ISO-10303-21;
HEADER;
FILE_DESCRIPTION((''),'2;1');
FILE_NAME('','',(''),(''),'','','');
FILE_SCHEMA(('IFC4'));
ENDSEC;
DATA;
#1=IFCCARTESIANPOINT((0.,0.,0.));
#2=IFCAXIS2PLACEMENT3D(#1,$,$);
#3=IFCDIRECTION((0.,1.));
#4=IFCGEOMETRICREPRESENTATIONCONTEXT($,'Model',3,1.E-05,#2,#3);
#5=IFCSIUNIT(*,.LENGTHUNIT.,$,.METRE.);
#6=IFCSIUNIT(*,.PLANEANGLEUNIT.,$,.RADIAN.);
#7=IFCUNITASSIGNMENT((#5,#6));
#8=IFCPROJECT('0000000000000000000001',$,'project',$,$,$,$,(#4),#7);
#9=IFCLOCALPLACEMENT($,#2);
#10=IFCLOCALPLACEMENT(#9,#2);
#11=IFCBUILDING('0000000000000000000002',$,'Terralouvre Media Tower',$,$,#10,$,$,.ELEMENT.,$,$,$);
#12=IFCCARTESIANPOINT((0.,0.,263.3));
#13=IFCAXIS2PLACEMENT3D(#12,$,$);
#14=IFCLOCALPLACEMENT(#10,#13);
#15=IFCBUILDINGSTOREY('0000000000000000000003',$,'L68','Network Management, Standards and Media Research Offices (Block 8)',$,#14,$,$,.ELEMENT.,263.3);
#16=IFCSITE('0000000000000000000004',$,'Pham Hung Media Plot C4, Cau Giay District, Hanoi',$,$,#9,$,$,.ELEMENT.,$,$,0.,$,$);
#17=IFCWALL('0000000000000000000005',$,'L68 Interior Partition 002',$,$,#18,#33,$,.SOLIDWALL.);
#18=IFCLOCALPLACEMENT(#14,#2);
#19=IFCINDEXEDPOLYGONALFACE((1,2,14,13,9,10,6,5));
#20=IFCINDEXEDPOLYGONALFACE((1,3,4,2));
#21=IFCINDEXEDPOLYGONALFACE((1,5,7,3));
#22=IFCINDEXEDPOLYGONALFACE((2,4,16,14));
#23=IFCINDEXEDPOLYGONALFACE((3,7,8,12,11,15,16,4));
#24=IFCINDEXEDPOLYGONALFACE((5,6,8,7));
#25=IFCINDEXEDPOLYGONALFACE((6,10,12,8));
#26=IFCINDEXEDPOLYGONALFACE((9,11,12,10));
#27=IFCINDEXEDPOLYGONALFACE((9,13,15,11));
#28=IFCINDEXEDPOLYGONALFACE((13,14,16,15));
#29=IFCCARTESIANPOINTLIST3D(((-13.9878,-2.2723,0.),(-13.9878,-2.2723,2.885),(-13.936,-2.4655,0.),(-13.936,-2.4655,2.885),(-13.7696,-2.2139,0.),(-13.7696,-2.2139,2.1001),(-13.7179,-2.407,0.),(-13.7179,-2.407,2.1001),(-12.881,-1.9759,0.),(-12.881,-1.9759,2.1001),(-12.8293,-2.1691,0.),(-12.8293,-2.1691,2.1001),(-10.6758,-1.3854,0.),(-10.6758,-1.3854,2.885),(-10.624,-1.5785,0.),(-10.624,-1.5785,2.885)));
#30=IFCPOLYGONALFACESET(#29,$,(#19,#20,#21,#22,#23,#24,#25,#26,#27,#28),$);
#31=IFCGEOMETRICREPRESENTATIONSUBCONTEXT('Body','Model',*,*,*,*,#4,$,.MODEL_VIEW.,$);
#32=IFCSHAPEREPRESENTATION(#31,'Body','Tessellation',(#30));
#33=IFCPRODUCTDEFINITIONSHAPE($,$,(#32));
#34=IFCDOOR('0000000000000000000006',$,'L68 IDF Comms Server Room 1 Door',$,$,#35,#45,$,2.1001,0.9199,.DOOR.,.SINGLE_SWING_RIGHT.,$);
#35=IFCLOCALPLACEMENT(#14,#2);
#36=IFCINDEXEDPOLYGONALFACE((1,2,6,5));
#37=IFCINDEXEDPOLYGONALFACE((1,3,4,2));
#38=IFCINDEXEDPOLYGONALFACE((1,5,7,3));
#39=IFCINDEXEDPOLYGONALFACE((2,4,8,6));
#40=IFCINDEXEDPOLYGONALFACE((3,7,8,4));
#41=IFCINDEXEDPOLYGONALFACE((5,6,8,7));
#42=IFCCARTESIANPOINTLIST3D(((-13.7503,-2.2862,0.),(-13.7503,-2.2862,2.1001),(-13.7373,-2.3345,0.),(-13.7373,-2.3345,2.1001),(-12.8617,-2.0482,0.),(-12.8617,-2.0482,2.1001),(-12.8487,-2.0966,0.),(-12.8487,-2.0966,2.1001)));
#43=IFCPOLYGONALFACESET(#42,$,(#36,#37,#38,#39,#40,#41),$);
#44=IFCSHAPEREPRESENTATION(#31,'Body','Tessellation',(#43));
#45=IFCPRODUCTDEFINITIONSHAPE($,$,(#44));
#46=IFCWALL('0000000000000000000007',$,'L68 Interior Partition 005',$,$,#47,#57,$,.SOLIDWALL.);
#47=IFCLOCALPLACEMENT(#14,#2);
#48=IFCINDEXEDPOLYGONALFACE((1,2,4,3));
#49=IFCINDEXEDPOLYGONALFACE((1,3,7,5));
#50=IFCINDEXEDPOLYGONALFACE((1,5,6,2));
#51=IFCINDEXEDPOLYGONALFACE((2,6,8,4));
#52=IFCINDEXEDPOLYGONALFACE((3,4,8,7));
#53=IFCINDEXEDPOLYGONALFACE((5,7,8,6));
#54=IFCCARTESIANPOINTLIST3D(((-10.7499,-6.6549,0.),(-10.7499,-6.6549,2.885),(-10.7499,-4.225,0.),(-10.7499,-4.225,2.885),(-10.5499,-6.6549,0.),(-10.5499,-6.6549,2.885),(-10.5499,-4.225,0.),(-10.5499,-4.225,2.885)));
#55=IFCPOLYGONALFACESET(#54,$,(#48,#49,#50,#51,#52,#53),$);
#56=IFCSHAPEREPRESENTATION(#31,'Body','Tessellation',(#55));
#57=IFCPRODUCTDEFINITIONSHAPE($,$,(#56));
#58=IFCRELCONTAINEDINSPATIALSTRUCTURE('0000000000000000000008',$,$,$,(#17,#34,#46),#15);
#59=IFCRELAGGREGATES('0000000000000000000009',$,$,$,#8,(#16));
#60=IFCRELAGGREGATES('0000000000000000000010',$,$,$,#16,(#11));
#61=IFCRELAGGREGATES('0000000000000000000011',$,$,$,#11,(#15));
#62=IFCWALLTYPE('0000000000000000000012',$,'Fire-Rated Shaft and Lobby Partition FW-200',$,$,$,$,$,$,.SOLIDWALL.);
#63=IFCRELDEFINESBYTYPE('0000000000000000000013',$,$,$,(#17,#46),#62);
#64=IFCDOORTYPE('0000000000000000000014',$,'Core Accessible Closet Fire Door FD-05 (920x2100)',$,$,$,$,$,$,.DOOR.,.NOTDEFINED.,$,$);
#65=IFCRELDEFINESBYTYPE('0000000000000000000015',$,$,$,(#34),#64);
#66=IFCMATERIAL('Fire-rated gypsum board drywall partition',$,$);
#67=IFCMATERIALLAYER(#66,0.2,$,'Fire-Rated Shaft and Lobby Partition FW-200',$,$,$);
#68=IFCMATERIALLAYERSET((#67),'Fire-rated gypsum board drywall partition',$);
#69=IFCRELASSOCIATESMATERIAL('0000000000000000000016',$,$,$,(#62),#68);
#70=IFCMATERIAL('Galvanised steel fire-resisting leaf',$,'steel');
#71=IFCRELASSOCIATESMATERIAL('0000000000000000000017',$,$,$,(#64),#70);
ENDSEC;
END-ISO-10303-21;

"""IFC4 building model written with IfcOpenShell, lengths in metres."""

from ifc_helpers import new_model, si_unit, direction, frame, frame_2d, origin, place, context, subcontext, project, spatial, rectangle, extrude, material, layer, layer_set, type_object, element, fill, save


model = new_model("IFC4")

# Units and contexts
model_context = context("Model", 3, precision=1e-05, world=origin(), true_north=direction((0.0, 1.0)))
body_context = subcontext(model_context, "Body", "Model", "MODEL_VIEW")
ifc_project = project(units=[si_unit("LENGTHUNIT", "METRE"), si_unit("PLANEANGLEUNIT", "RADIAN")], contexts=[model_context])

# Site, building, storey
site_placement = place(None, origin())
site = spatial("IfcSite", under=ifc_project, at=site_placement, Name="Pham Hung Media Plot C4, Cau Giay District, Hanoi", CompositionType="ELEMENT", RefElevation=0.0)
building_placement = place(site_placement, origin())
building = spatial("IfcBuilding", under=site, at=building_placement, Name="Terralouvre Media Tower", CompositionType="ELEMENT")
storey_placement = place(building_placement, frame((0.0, 0.0, 263.3)))
storey = spatial("IfcBuildingStorey", under=building, at=storey_placement, Name="L68", Description="Network Management, Standards and Media Research Offices (Block 8)", CompositionType="ELEMENT", Elevation=263.3)

# Shared definitions
ifc_material_1 = material(Name="Fire-rated gypsum board drywall partition")
ifc_layer_1 = layer(ifc_material_1, 0.2, Name="Fire-Rated Shaft and Lobby Partition FW-200")
ifc_layer_set_1 = layer_set([ifc_layer_1], Name="Fire-rated gypsum board drywall partition")
wall_type_1 = type_object("IfcWallType", Name="Fire-Rated Shaft and Lobby Partition FW-200", PredefinedType="SOLIDWALL", material=ifc_layer_set_1)

# Wall, opening, door
wall_1_placement = place(storey_placement, frame((-10.6499, -1.4819, 0.0), z_axis=(0.0, 0.0, 1.0), x_axis=(-0.965961, -0.258686, 0.0)))
wall_1 = element("IfcWall", 1, at=wall_1_placement, inside=storey, type_object=wall_type_1, Name="L68 Interior Partition 002", PredefinedType="SOLIDWALL", context=body_context, shape_type="SweptSolid", body=[
    extrude(rectangle(XDim=3.4287, YDim=0.2, at=frame_2d((1.7144, 0.0))), origin(), (0.0, 0.0, 1.0), 2.885),
])
opening_1_placement = place(wall_1_placement, frame((2.283, 0.0, 0.0)))
opening_1 = element("IfcOpeningElement", 2, at=opening_1_placement, cuts=wall_1, PredefinedType="OPENING", context=body_context, shape_type="SweptSolid", body=[
    extrude(rectangle(XDim=0.9199, YDim=2.1001, at=frame_2d((0.46, 1.05))), frame((0.0, 0.1099, 0.0), z_axis=(0.0, -1.0, 0.0), x_axis=(1.0, 0.0, 0.0)), (0.0, 0.0, 1.0), 0.22),
])
ifc_material_2 = material(Name="Galvanised steel fire-resisting leaf", Category="steel")
door_type_1 = type_object("IfcDoorType", Name="Core Accessible Closet Fire Door FD-05 (920x2100)", OperationType="NOTDEFINED", PredefinedType="DOOR", material=ifc_material_2)
door_1_placement = place(opening_1_placement, origin())
door_1 = element("IfcDoor", 3, at=door_1_placement, inside=storey, type_object=door_type_1, Name="L68 IDF Comms Server Room 1 Door", OperationType="SINGLE_SWING_RIGHT", OverallHeight=2.1001, OverallWidth=0.9199, PredefinedType="DOOR", context=body_context, shape_type="SweptSolid", body=[
    extrude(rectangle(XDim=0.9199, YDim=2.1001, at=frame_2d((0.46, 1.05))), frame((0.0, 0.0249, 0.0), z_axis=(0.0, -1.0, 0.0), x_axis=(1.0, 0.0, 0.0)), (0.0, 0.0, 1.0), 0.05),
])
fill(opening_1, door_1)

# Wall
wall_2_placement = place(storey_placement, frame((-10.6499, -4.2251, 0.0), z_axis=(0.0, 0.0, 1.0), x_axis=(0.0, -1.0, 0.0)))
element("IfcWall", 4, at=wall_2_placement, inside=storey, type_object=wall_type_1, Name="L68 Interior Partition 005", PredefinedType="SOLIDWALL", context=body_context, shape_type="SweptSolid", body=[
    extrude(rectangle(XDim=2.4299, YDim=0.2, at=frame_2d((1.2148, 0.0))), origin(), (0.0, 0.0, 1.0), 2.885),
])

save(model, "model.ifc")
